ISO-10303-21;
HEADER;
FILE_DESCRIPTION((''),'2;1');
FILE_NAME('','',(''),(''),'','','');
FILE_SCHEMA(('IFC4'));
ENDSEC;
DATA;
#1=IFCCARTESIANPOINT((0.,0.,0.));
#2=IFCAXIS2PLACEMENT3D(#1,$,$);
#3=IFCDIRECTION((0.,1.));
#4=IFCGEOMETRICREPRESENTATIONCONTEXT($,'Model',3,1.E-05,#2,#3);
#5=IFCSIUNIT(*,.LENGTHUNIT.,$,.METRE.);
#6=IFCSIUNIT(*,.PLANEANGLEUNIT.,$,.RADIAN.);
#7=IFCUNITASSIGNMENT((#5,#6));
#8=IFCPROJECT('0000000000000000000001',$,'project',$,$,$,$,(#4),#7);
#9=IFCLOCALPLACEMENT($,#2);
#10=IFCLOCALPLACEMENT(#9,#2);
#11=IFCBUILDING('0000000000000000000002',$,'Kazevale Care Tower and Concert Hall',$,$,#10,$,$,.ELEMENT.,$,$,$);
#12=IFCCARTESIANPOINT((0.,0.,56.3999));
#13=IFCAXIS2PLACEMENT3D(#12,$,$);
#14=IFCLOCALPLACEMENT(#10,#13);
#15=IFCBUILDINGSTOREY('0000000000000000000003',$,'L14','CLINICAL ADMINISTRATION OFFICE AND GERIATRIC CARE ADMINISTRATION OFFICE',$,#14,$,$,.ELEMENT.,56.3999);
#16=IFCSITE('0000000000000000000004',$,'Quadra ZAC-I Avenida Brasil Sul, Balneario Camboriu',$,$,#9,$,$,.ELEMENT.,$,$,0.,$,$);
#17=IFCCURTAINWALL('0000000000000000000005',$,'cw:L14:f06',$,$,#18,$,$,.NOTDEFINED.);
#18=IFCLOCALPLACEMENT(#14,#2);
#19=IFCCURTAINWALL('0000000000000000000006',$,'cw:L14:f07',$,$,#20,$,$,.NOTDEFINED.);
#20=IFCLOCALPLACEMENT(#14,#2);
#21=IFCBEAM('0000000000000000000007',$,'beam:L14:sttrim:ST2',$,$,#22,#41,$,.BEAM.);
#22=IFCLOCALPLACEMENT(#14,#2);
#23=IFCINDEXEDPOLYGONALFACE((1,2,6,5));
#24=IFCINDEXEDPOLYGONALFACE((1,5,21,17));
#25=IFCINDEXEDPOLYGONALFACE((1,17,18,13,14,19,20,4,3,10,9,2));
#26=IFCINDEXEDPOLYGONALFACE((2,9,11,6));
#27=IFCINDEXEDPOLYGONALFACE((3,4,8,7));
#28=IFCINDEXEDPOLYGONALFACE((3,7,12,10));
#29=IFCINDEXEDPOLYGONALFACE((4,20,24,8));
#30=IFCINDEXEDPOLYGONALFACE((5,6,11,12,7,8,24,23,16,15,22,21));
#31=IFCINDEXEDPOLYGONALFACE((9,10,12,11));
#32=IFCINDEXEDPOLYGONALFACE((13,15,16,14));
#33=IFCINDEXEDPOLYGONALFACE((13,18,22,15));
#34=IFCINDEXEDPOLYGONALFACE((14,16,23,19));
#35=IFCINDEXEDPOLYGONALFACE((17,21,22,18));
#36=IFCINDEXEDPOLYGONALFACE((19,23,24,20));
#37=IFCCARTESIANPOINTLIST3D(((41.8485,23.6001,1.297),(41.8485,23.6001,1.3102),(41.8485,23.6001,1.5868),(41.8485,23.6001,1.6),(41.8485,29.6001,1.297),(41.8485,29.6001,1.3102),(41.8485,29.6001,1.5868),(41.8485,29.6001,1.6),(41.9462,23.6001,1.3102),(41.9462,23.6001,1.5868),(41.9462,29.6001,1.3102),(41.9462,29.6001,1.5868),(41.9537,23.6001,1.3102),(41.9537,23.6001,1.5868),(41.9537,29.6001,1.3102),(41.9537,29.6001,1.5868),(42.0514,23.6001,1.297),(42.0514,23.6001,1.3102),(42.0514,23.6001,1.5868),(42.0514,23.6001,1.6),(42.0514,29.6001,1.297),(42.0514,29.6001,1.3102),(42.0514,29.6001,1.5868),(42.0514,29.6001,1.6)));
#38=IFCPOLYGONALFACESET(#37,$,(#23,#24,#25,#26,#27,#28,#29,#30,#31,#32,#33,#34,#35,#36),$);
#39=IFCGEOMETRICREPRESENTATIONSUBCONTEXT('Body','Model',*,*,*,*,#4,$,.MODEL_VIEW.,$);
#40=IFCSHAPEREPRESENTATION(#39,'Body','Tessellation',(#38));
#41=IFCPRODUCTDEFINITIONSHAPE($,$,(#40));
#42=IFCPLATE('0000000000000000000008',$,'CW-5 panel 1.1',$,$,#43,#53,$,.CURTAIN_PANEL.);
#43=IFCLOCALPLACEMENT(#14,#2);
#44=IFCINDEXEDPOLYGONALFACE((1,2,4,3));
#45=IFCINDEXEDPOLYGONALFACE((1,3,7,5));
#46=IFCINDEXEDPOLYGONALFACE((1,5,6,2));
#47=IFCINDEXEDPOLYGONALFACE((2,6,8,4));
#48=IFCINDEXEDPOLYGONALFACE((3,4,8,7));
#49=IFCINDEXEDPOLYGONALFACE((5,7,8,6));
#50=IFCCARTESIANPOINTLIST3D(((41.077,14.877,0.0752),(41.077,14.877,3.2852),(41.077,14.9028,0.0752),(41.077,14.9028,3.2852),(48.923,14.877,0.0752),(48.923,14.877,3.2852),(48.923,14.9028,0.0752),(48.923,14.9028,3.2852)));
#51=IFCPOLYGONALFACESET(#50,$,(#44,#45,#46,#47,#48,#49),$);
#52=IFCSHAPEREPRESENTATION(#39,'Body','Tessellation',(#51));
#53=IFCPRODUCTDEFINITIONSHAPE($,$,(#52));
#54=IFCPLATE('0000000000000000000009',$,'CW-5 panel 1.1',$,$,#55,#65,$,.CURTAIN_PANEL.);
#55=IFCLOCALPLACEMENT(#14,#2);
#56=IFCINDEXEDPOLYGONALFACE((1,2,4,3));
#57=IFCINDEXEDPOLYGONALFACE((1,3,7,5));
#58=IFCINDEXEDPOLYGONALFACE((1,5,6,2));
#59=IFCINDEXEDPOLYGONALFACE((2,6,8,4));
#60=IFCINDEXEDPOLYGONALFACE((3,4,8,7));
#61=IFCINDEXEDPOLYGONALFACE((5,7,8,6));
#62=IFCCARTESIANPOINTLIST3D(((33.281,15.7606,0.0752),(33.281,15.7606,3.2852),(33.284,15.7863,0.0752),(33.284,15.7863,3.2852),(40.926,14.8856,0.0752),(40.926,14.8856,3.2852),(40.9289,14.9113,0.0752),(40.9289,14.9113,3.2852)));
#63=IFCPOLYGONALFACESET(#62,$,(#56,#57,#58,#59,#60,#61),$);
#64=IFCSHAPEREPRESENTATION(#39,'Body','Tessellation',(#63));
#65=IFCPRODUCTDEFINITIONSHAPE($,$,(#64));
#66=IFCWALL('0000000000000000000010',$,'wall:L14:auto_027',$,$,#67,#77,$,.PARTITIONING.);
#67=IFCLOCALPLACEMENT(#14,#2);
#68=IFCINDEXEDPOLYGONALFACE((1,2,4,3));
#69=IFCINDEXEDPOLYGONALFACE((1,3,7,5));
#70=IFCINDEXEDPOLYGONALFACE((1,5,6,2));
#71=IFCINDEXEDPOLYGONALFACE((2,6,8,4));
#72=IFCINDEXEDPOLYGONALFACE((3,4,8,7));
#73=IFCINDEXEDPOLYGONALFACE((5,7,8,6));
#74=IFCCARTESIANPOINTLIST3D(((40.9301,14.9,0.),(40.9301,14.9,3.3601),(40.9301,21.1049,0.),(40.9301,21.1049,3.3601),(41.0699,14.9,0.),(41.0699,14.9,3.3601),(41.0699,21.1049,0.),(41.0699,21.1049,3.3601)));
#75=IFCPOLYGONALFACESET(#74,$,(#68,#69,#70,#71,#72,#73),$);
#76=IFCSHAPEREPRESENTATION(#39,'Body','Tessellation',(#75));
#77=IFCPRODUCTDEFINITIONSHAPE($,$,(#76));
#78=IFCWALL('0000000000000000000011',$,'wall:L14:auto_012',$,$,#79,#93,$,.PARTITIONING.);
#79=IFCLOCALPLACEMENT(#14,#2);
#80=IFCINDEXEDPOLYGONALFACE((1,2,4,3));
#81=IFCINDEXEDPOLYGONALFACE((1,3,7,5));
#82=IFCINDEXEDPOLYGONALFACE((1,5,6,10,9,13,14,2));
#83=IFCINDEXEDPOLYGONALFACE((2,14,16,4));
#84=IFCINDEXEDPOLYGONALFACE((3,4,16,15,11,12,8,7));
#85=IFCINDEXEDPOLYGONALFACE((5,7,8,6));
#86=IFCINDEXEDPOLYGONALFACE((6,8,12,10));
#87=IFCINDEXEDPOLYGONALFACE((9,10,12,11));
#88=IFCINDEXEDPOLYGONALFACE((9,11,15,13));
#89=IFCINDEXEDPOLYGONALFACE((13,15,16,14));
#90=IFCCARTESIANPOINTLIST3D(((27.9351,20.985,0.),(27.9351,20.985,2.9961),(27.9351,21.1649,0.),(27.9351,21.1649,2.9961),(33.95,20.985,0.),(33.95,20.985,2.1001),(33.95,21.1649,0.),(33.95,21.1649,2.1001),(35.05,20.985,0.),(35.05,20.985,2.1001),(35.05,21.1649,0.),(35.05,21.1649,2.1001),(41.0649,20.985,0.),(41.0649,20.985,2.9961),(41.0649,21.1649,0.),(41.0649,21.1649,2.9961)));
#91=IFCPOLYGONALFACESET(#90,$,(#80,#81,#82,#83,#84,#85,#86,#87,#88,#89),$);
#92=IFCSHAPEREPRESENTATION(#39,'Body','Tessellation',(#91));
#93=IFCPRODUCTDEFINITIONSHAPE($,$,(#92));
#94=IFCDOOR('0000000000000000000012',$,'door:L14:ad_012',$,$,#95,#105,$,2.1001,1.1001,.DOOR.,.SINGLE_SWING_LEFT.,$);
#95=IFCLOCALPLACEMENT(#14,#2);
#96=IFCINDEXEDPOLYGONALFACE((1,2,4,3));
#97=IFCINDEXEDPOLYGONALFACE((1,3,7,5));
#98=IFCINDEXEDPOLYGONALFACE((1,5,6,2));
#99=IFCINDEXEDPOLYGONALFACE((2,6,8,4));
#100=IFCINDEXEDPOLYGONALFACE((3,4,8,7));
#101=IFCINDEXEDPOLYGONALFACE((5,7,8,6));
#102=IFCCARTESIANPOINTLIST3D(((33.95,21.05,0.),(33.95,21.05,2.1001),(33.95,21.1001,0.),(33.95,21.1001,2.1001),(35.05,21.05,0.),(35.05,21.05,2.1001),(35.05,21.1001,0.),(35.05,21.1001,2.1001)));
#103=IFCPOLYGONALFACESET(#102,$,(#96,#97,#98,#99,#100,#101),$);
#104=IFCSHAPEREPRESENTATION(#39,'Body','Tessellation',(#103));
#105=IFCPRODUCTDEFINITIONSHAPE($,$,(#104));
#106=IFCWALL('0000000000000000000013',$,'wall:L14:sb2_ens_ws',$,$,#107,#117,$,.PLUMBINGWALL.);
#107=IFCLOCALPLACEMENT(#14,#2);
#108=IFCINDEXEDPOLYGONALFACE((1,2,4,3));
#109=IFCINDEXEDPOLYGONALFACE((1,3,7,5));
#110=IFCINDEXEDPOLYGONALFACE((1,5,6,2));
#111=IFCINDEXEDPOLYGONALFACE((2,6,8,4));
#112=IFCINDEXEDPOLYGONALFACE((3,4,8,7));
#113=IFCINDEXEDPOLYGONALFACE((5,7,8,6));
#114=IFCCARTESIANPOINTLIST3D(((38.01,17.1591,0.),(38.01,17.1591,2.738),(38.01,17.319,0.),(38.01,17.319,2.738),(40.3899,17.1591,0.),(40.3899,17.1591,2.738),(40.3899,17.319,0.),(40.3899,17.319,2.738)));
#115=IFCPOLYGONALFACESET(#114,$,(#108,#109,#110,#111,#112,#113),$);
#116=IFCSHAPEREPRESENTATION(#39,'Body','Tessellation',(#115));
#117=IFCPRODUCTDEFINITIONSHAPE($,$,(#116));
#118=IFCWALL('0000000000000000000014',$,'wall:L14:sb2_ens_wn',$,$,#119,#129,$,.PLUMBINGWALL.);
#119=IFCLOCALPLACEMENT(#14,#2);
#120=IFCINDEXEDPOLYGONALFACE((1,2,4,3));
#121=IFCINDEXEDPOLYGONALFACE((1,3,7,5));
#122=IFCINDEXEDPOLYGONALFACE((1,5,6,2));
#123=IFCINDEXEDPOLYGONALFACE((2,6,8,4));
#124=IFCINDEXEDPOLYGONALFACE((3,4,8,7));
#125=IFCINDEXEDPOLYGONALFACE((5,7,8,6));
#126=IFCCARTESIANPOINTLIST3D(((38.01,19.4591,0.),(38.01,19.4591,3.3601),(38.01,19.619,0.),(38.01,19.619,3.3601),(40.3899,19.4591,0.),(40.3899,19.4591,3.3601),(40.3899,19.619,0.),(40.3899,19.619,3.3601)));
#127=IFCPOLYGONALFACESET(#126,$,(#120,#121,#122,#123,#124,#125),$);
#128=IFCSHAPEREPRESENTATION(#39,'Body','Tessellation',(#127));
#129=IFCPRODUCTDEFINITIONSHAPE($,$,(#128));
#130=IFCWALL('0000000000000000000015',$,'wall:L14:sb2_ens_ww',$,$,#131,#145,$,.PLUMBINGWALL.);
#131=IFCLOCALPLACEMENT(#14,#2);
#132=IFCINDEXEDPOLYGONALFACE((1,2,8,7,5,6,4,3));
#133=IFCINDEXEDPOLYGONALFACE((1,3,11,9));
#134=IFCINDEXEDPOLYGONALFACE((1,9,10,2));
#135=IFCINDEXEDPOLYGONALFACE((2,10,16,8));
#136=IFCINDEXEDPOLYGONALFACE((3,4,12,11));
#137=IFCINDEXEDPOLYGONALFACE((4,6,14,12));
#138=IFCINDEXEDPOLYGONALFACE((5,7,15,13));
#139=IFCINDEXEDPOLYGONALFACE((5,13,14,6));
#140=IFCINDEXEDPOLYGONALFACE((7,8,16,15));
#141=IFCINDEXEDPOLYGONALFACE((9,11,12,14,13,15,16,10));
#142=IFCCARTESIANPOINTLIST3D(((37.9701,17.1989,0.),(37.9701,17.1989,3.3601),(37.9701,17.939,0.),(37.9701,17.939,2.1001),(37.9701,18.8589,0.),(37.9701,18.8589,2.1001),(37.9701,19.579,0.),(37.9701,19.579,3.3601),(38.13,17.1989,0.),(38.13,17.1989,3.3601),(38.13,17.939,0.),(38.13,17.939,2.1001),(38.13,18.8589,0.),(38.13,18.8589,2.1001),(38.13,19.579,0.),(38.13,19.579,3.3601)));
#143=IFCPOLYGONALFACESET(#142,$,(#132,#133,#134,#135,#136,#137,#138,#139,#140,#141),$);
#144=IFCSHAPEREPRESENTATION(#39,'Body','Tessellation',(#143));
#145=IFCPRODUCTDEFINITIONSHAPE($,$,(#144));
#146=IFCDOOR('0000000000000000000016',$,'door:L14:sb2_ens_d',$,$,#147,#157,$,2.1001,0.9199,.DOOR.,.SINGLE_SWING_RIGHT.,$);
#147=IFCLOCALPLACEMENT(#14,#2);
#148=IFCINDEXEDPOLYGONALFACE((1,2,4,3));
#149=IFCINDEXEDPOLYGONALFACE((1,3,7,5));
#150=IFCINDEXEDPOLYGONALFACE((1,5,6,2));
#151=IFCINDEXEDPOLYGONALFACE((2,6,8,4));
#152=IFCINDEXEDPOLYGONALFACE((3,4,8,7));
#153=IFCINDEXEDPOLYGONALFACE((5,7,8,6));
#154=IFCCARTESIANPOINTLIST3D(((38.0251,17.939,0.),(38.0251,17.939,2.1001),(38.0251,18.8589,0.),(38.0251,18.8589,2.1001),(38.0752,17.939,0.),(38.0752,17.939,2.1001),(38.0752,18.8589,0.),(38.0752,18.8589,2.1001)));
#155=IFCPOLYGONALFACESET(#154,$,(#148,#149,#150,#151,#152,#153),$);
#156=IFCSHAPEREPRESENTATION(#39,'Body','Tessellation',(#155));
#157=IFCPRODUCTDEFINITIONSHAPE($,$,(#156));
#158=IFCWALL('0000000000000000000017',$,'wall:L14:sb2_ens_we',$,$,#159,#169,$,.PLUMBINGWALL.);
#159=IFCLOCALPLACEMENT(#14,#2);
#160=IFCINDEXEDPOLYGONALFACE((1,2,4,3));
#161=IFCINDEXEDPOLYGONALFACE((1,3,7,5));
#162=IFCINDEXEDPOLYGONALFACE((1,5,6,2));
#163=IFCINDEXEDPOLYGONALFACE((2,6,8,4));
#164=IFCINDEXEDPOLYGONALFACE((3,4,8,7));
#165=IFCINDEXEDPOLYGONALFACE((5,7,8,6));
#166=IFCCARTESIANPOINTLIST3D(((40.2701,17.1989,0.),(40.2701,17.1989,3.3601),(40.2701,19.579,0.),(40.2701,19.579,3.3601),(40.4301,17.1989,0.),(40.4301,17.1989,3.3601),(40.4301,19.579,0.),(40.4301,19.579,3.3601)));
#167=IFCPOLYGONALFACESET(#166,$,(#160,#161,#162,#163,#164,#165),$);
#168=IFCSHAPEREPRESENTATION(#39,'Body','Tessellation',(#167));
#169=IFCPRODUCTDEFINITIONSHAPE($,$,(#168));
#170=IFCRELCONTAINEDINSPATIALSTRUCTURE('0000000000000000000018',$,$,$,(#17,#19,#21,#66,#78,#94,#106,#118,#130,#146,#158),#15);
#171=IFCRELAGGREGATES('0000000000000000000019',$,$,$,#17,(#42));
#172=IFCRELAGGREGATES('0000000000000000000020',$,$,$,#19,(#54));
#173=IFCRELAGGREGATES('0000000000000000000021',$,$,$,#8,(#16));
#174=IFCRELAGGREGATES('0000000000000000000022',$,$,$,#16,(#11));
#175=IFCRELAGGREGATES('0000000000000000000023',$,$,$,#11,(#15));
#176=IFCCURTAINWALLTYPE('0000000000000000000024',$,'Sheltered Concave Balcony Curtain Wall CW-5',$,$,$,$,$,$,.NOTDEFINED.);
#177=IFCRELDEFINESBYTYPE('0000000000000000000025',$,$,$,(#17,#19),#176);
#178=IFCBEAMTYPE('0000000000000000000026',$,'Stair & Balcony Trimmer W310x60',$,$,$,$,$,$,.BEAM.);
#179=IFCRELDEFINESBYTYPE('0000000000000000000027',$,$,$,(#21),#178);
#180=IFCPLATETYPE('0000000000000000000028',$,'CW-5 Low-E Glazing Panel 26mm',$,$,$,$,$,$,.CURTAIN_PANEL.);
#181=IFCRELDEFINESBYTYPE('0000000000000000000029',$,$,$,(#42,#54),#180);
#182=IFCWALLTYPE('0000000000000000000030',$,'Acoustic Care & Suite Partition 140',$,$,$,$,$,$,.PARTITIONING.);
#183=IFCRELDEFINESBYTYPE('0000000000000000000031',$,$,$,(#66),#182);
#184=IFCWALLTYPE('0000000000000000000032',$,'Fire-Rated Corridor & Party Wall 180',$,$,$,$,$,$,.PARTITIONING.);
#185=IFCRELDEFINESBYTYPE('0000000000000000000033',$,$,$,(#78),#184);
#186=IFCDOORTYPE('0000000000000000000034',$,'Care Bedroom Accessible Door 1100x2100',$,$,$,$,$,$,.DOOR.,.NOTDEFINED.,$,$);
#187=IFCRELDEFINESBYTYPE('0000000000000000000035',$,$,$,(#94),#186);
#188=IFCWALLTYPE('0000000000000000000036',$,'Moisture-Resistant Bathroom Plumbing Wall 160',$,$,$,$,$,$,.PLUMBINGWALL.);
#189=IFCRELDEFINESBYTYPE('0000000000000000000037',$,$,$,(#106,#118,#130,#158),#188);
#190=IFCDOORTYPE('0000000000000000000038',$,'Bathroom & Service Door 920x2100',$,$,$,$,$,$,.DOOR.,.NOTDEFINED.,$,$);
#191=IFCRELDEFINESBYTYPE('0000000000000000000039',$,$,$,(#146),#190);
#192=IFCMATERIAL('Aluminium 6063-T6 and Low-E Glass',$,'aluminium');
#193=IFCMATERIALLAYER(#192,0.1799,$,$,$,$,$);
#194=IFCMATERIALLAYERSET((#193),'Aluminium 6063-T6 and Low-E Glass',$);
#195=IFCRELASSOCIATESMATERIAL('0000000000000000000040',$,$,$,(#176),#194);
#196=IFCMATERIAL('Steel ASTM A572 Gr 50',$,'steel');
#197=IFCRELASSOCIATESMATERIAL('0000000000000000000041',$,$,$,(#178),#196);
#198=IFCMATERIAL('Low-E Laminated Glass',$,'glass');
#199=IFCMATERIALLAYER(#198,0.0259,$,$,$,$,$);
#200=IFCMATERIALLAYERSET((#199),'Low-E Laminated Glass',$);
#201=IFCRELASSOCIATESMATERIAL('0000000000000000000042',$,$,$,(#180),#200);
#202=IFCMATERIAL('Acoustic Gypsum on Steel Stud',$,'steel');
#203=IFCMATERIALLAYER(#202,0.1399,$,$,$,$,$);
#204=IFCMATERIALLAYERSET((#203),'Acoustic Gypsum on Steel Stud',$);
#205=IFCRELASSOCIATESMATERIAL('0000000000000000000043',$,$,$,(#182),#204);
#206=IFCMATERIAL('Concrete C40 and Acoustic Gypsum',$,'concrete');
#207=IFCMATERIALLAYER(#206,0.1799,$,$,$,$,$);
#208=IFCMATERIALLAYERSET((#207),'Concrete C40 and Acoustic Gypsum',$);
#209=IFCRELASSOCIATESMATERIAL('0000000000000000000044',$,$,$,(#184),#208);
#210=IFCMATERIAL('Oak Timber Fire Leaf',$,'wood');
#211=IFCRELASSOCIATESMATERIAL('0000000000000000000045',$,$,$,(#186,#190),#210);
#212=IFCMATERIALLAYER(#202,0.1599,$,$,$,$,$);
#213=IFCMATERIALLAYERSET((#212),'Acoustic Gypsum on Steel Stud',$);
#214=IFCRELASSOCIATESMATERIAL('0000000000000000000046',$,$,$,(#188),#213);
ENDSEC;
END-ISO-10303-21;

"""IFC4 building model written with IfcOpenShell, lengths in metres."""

from ifc_helpers import new_model, si_unit, direction, frame, frame_2d, origin, origin_2d, place, context, subcontext, project, spatial, rectangle, i_section, extrude, material, layer, layer_set, material_profile, profile_set, type_object, element, fill, aggregate, save


model = new_model("IFC4")

# Units and contexts
model_context = context("Model", 3, precision=1e-05, world=origin(), true_north=direction((0.0, 1.0)))
body_context = subcontext(model_context, "Body", "Model", "MODEL_VIEW")
ifc_project = project(units=[si_unit("LENGTHUNIT", "METRE"), si_unit("PLANEANGLEUNIT", "RADIAN")], contexts=[model_context])

# Site, building, storey
site_placement = place(None, origin())
site = spatial("IfcSite", under=ifc_project, at=site_placement, Name="Quadra ZAC-I Avenida Brasil Sul, Balneario Camboriu", CompositionType="ELEMENT", RefElevation=0.0)
building_placement = place(site_placement, origin())
building = spatial("IfcBuilding", under=site, at=building_placement, Name="Kazevale Care Tower and Concert Hall", CompositionType="ELEMENT")
storey_placement = place(building_placement, frame((0.0, 0.0, 56.3999)))
storey = spatial("IfcBuildingStorey", under=building, at=storey_placement, Name="L14", Description="CLINICAL ADMINISTRATION OFFICE AND GERIATRIC CARE ADMINISTRATION OFFICE", CompositionType="ELEMENT", Elevation=56.3999)

# Curtain wall
ifc_material_1 = material(Name="Aluminium 6063-T6 and Low-E Glass", Category="aluminium")
ifc_layer_1 = layer(ifc_material_1, 0.1799)
ifc_layer_set_1 = layer_set([ifc_layer_1], Name="Aluminium 6063-T6 and Low-E Glass")
curtain_wall_type = type_object("IfcCurtainWallType", Name="Sheltered Concave Balcony Curtain Wall CW-5", PredefinedType="NOTDEFINED", material=ifc_layer_set_1)
curtain_wall_1_placement = place(storey_placement, origin())
curtain_wall_1 = element("IfcCurtainWall", 1, at=curtain_wall_1_placement, inside=storey, type_object=curtain_wall_type, Name="cw:L14:f06", PredefinedType="NOTDEFINED")

# Curtain wall
curtain_wall_2_placement = place(storey_placement, origin())
curtain_wall_2 = element("IfcCurtainWall", 2, at=curtain_wall_2_placement, inside=storey, type_object=curtain_wall_type, Name="cw:L14:f07", PredefinedType="NOTDEFINED")

# Beam
ifc_material_2 = material(Name="Steel ASTM A572 Gr 50", Category="steel")
ifc_material_profile_1 = material_profile(ifc_material_2, i_section(OverallWidth=0.2029, OverallDepth=0.303, WebThickness=0.0076, FlangeThickness=0.0132, at=origin_2d()), Name="W310x60")
ifc_profile_set_1 = profile_set([ifc_material_profile_1], Name="Steel ASTM A572 Gr 50")
beam_type_1 = type_object("IfcBeamType", Name="Stair & Balcony Trimmer W310x60", PredefinedType="BEAM", material=ifc_profile_set_1)
beam_1_placement = place(storey_placement, frame((41.95, 23.6001, 1.4485), z_axis=(0.0, 1.0, 0.0), x_axis=(-1.0, 0.0, 0.0)))
element("IfcBeam", 3, at=beam_1_placement, inside=storey, type_object=beam_type_1, Name="beam:L14:sttrim:ST2", PredefinedType="BEAM", context=body_context, shape_type="SweptSolid", body=[
    extrude(i_section(OverallWidth=0.2029, OverallDepth=0.303, WebThickness=0.0076, FlangeThickness=0.0132, at=origin_2d()), origin(), (0.0, 0.0, 1.0), 6.0),
])

# Plates
ifc_material_3 = material(Name="Low-E Laminated Glass", Category="glass")
ifc_layer_2 = layer(ifc_material_3, 0.0259)
ifc_layer_set_2 = layer_set([ifc_layer_2], Name="Low-E Laminated Glass")
plate_type = type_object("IfcPlateType", Name="CW-5 Low-E Glazing Panel 26mm", PredefinedType="CURTAIN_PANEL", material=ifc_layer_set_2)
plate_1_placement = place(storey_placement, frame((45.0, 14.8899, 0.0752), z_axis=(0.0, 0.0, 1.0), x_axis=(-1.0, 0.0, 0.0)))
plate_1 = element("IfcPlate", 4, at=plate_1_placement, type_object=plate_type, Name="CW-5 panel 1.1", PredefinedType="CURTAIN_PANEL", context=body_context, shape_type="SweptSolid", body=[
    extrude(rectangle(XDim=7.8459, YDim=0.0259, at=origin_2d()), origin(), (0.0, 0.0, 1.0), 3.21),
])
aggregate(curtain_wall_1, [plate_1])
plate_2_placement = place(storey_placement, frame((37.105, 15.3359, 0.0752), z_axis=(0.0, 0.0, 1.0), x_axis=(-0.993515, 0.113705, 0.0)))
plate_2 = element("IfcPlate", 5, at=plate_2_placement, type_object=plate_type, Name="CW-5 panel 1.1", PredefinedType="CURTAIN_PANEL", context=body_context, shape_type="SweptSolid", body=[
    extrude(rectangle(XDim=7.6948, YDim=0.0259, at=origin_2d()), origin(), (0.0, 0.0, 1.0), 3.21),
])
aggregate(curtain_wall_2, [plate_2])

# Wall
ifc_material_4 = material(Name="Acoustic Gypsum on Steel Stud", Category="steel")
ifc_layer_3 = layer(ifc_material_4, 0.1399)
ifc_layer_set_3 = layer_set([ifc_layer_3], Name="Acoustic Gypsum on Steel Stud")
wall_type_1 = type_object("IfcWallType", Name="Acoustic Care & Suite Partition 140", PredefinedType="PARTITIONING", material=ifc_layer_set_3)
wall_1_placement = place(storey_placement, frame((41.0, 21.105, 0.0), z_axis=(0.0, 0.0, 1.0), x_axis=(0.0, -1.0, 0.0)))
element("IfcWall", 6, at=wall_1_placement, inside=storey, type_object=wall_type_1, Name="wall:L14:auto_027", PredefinedType="PARTITIONING", context=body_context, shape_type="SweptSolid", body=[
    extrude(rectangle(XDim=6.2048, YDim=0.1399, at=frame_2d((3.1025, 0.0))), origin(), (0.0, 0.0, 1.0), 3.3601),
])

# Wall, opening, door
ifc_material_5 = material(Name="Concrete C40 and Acoustic Gypsum", Category="concrete")
ifc_layer_4 = layer(ifc_material_5, 0.1799)
ifc_layer_set_4 = layer_set([ifc_layer_4], Name="Concrete C40 and Acoustic Gypsum")
wall_type_2 = type_object("IfcWallType", Name="Fire-Rated Corridor & Party Wall 180", PredefinedType="PARTITIONING", material=ifc_layer_set_4)
wall_2_placement = place(storey_placement, frame((41.0649, 21.075, 0.0), z_axis=(0.0, 0.0, 1.0), x_axis=(-1.0, 0.0, 0.0)))
wall_2 = element("IfcWall", 7, at=wall_2_placement, inside=storey, type_object=wall_type_2, Name="wall:L14:auto_012", PredefinedType="PARTITIONING", context=body_context, shape_type="SweptSolid", body=[
    extrude(rectangle(XDim=13.1299, YDim=0.1799, at=frame_2d((6.5649, 0.0))), origin(), (0.0, 0.0, 1.0), 2.9961),
])
opening_1_placement = place(wall_2_placement, frame((6.0149, 0.0, 0.0)))
opening_1 = element("IfcOpeningElement", 8, at=opening_1_placement, cuts=wall_2, PredefinedType="OPENING", context=body_context, shape_type="SweptSolid", body=[
    extrude(rectangle(XDim=1.1001, YDim=2.1001, at=frame_2d((0.55, 1.05))), frame((0.0, 0.0999, 0.0), z_axis=(0.0, -1.0, 0.0), x_axis=(1.0, 0.0, 0.0)), (0.0, 0.0, 1.0), 0.2),
])
ifc_material_6 = material(Name="Oak Timber Fire Leaf", Category="wood")
door_type_1 = type_object("IfcDoorType", Name="Care Bedroom Accessible Door 1100x2100", OperationType="NOTDEFINED", PredefinedType="DOOR", material=ifc_material_6)
door_1_placement = place(opening_1_placement, origin())
door_1 = element("IfcDoor", 9, at=door_1_placement, inside=storey, type_object=door_type_1, Name="door:L14:ad_012", OperationType="SINGLE_SWING_LEFT", OverallHeight=2.1001, OverallWidth=1.1001, PredefinedType="DOOR", context=body_context, shape_type="SweptSolid", body=[
    extrude(rectangle(XDim=1.1001, YDim=2.1001, at=frame_2d((0.55, 1.05))), frame((0.0, 0.0249, 0.0), z_axis=(0.0, -1.0, 0.0), x_axis=(1.0, 0.0, 0.0)), (0.0, 0.0, 1.0), 0.05),
])
fill(opening_1, door_1)

# Walls
ifc_layer_5 = layer(ifc_material_4, 0.1599)
ifc_layer_set_5 = layer_set([ifc_layer_5], Name="Acoustic Gypsum on Steel Stud")
wall_type_3 = type_object("IfcWallType", Name="Moisture-Resistant Bathroom Plumbing Wall 160", PredefinedType="PLUMBINGWALL", material=ifc_layer_set_5)
wall_3_placement = place(storey_placement, frame((38.01, 17.239, 0.0), z_axis=(0.0, 0.0, 1.0), x_axis=(1.0, 0.0, 0.0)))
element("IfcWall", 10, at=wall_3_placement, inside=storey, type_object=wall_type_3, Name="wall:L14:sb2_ens_ws", PredefinedType="PLUMBINGWALL", context=body_context, shape_type="SweptSolid", body=[
    extrude(rectangle(XDim=2.3799, YDim=0.1599, at=frame_2d((1.1899, 0.0))), origin(), (0.0, 0.0, 1.0), 2.738),
])
wall_4_placement = place(storey_placement, frame((38.01, 19.5391, 0.0), z_axis=(0.0, 0.0, 1.0), x_axis=(1.0, 0.0, 0.0)))
element("IfcWall", 11, at=wall_4_placement, inside=storey, type_object=wall_type_3, Name="wall:L14:sb2_ens_wn", PredefinedType="PLUMBINGWALL", context=body_context, shape_type="SweptSolid", body=[
    extrude(rectangle(XDim=2.3799, YDim=0.1599, at=frame_2d((1.1899, 0.0))), origin(), (0.0, 0.0, 1.0), 3.3601),
])

# Wall, opening, door
wall_5_placement = place(storey_placement, frame((38.05, 17.199, 0.0), z_axis=(0.0, 0.0, 1.0), x_axis=(0.0, 1.0, 0.0)))
wall_5 = element("IfcWall", 12, at=wall_5_placement, inside=storey, type_object=wall_type_3, Name="wall:L14:sb2_ens_ww", PredefinedType="PLUMBINGWALL", context=body_context, shape_type="SweptSolid", body=[
    extrude(rectangle(XDim=2.3801, YDim=0.1599, at=frame_2d((1.1899, 0.0))), origin(), (0.0, 0.0, 1.0), 3.3601),
])
opening_2_placement = place(wall_5_placement, frame((0.74, 0.0, 0.0)))
opening_2 = element("IfcOpeningElement", 13, at=opening_2_placement, cuts=wall_5, PredefinedType="OPENING", context=body_context, shape_type="SweptSolid", body=[
    extrude(rectangle(XDim=0.9199, YDim=2.1001, at=frame_2d((0.46, 1.05))), frame((0.0, 0.0898, 0.0), z_axis=(0.0, -1.0, 0.0), x_axis=(1.0, 0.0, 0.0)), (0.0, 0.0, 1.0), 0.1799),
])
door_type_2 = type_object("IfcDoorType", Name="Bathroom & Service Door 920x2100", OperationType="NOTDEFINED", PredefinedType="DOOR", material=ifc_material_6)
door_2_placement = place(opening_2_placement, origin())
door_2 = element("IfcDoor", 14, at=door_2_placement, inside=storey, type_object=door_type_2, Name="door:L14:sb2_ens_d", OperationType="SINGLE_SWING_RIGHT", OverallHeight=2.1001, OverallWidth=0.9199, PredefinedType="DOOR", context=body_context, shape_type="SweptSolid", body=[
    extrude(rectangle(XDim=0.9199, YDim=2.1001, at=frame_2d((0.46, 1.05))), frame((0.0, 0.0249, 0.0), z_axis=(0.0, -1.0, 0.0), x_axis=(1.0, 0.0, 0.0)), (0.0, 0.0, 1.0), 0.05),
])
fill(opening_2, door_2)

# Wall
wall_6_placement = place(storey_placement, frame((40.3501, 17.199, 0.0), z_axis=(0.0, 0.0, 1.0), x_axis=(0.0, 1.0, 0.0)))
element("IfcWall", 15, at=wall_6_placement, inside=storey, type_object=wall_type_3, Name="wall:L14:sb2_ens_we", PredefinedType="PLUMBINGWALL", context=body_context, shape_type="SweptSolid", body=[
    extrude(rectangle(XDim=2.3801, YDim=0.1599, at=frame_2d((1.1899, 0.0))), origin(), (0.0, 0.0, 1.0), 3.3601),
])

save(model, "model.ifc")
